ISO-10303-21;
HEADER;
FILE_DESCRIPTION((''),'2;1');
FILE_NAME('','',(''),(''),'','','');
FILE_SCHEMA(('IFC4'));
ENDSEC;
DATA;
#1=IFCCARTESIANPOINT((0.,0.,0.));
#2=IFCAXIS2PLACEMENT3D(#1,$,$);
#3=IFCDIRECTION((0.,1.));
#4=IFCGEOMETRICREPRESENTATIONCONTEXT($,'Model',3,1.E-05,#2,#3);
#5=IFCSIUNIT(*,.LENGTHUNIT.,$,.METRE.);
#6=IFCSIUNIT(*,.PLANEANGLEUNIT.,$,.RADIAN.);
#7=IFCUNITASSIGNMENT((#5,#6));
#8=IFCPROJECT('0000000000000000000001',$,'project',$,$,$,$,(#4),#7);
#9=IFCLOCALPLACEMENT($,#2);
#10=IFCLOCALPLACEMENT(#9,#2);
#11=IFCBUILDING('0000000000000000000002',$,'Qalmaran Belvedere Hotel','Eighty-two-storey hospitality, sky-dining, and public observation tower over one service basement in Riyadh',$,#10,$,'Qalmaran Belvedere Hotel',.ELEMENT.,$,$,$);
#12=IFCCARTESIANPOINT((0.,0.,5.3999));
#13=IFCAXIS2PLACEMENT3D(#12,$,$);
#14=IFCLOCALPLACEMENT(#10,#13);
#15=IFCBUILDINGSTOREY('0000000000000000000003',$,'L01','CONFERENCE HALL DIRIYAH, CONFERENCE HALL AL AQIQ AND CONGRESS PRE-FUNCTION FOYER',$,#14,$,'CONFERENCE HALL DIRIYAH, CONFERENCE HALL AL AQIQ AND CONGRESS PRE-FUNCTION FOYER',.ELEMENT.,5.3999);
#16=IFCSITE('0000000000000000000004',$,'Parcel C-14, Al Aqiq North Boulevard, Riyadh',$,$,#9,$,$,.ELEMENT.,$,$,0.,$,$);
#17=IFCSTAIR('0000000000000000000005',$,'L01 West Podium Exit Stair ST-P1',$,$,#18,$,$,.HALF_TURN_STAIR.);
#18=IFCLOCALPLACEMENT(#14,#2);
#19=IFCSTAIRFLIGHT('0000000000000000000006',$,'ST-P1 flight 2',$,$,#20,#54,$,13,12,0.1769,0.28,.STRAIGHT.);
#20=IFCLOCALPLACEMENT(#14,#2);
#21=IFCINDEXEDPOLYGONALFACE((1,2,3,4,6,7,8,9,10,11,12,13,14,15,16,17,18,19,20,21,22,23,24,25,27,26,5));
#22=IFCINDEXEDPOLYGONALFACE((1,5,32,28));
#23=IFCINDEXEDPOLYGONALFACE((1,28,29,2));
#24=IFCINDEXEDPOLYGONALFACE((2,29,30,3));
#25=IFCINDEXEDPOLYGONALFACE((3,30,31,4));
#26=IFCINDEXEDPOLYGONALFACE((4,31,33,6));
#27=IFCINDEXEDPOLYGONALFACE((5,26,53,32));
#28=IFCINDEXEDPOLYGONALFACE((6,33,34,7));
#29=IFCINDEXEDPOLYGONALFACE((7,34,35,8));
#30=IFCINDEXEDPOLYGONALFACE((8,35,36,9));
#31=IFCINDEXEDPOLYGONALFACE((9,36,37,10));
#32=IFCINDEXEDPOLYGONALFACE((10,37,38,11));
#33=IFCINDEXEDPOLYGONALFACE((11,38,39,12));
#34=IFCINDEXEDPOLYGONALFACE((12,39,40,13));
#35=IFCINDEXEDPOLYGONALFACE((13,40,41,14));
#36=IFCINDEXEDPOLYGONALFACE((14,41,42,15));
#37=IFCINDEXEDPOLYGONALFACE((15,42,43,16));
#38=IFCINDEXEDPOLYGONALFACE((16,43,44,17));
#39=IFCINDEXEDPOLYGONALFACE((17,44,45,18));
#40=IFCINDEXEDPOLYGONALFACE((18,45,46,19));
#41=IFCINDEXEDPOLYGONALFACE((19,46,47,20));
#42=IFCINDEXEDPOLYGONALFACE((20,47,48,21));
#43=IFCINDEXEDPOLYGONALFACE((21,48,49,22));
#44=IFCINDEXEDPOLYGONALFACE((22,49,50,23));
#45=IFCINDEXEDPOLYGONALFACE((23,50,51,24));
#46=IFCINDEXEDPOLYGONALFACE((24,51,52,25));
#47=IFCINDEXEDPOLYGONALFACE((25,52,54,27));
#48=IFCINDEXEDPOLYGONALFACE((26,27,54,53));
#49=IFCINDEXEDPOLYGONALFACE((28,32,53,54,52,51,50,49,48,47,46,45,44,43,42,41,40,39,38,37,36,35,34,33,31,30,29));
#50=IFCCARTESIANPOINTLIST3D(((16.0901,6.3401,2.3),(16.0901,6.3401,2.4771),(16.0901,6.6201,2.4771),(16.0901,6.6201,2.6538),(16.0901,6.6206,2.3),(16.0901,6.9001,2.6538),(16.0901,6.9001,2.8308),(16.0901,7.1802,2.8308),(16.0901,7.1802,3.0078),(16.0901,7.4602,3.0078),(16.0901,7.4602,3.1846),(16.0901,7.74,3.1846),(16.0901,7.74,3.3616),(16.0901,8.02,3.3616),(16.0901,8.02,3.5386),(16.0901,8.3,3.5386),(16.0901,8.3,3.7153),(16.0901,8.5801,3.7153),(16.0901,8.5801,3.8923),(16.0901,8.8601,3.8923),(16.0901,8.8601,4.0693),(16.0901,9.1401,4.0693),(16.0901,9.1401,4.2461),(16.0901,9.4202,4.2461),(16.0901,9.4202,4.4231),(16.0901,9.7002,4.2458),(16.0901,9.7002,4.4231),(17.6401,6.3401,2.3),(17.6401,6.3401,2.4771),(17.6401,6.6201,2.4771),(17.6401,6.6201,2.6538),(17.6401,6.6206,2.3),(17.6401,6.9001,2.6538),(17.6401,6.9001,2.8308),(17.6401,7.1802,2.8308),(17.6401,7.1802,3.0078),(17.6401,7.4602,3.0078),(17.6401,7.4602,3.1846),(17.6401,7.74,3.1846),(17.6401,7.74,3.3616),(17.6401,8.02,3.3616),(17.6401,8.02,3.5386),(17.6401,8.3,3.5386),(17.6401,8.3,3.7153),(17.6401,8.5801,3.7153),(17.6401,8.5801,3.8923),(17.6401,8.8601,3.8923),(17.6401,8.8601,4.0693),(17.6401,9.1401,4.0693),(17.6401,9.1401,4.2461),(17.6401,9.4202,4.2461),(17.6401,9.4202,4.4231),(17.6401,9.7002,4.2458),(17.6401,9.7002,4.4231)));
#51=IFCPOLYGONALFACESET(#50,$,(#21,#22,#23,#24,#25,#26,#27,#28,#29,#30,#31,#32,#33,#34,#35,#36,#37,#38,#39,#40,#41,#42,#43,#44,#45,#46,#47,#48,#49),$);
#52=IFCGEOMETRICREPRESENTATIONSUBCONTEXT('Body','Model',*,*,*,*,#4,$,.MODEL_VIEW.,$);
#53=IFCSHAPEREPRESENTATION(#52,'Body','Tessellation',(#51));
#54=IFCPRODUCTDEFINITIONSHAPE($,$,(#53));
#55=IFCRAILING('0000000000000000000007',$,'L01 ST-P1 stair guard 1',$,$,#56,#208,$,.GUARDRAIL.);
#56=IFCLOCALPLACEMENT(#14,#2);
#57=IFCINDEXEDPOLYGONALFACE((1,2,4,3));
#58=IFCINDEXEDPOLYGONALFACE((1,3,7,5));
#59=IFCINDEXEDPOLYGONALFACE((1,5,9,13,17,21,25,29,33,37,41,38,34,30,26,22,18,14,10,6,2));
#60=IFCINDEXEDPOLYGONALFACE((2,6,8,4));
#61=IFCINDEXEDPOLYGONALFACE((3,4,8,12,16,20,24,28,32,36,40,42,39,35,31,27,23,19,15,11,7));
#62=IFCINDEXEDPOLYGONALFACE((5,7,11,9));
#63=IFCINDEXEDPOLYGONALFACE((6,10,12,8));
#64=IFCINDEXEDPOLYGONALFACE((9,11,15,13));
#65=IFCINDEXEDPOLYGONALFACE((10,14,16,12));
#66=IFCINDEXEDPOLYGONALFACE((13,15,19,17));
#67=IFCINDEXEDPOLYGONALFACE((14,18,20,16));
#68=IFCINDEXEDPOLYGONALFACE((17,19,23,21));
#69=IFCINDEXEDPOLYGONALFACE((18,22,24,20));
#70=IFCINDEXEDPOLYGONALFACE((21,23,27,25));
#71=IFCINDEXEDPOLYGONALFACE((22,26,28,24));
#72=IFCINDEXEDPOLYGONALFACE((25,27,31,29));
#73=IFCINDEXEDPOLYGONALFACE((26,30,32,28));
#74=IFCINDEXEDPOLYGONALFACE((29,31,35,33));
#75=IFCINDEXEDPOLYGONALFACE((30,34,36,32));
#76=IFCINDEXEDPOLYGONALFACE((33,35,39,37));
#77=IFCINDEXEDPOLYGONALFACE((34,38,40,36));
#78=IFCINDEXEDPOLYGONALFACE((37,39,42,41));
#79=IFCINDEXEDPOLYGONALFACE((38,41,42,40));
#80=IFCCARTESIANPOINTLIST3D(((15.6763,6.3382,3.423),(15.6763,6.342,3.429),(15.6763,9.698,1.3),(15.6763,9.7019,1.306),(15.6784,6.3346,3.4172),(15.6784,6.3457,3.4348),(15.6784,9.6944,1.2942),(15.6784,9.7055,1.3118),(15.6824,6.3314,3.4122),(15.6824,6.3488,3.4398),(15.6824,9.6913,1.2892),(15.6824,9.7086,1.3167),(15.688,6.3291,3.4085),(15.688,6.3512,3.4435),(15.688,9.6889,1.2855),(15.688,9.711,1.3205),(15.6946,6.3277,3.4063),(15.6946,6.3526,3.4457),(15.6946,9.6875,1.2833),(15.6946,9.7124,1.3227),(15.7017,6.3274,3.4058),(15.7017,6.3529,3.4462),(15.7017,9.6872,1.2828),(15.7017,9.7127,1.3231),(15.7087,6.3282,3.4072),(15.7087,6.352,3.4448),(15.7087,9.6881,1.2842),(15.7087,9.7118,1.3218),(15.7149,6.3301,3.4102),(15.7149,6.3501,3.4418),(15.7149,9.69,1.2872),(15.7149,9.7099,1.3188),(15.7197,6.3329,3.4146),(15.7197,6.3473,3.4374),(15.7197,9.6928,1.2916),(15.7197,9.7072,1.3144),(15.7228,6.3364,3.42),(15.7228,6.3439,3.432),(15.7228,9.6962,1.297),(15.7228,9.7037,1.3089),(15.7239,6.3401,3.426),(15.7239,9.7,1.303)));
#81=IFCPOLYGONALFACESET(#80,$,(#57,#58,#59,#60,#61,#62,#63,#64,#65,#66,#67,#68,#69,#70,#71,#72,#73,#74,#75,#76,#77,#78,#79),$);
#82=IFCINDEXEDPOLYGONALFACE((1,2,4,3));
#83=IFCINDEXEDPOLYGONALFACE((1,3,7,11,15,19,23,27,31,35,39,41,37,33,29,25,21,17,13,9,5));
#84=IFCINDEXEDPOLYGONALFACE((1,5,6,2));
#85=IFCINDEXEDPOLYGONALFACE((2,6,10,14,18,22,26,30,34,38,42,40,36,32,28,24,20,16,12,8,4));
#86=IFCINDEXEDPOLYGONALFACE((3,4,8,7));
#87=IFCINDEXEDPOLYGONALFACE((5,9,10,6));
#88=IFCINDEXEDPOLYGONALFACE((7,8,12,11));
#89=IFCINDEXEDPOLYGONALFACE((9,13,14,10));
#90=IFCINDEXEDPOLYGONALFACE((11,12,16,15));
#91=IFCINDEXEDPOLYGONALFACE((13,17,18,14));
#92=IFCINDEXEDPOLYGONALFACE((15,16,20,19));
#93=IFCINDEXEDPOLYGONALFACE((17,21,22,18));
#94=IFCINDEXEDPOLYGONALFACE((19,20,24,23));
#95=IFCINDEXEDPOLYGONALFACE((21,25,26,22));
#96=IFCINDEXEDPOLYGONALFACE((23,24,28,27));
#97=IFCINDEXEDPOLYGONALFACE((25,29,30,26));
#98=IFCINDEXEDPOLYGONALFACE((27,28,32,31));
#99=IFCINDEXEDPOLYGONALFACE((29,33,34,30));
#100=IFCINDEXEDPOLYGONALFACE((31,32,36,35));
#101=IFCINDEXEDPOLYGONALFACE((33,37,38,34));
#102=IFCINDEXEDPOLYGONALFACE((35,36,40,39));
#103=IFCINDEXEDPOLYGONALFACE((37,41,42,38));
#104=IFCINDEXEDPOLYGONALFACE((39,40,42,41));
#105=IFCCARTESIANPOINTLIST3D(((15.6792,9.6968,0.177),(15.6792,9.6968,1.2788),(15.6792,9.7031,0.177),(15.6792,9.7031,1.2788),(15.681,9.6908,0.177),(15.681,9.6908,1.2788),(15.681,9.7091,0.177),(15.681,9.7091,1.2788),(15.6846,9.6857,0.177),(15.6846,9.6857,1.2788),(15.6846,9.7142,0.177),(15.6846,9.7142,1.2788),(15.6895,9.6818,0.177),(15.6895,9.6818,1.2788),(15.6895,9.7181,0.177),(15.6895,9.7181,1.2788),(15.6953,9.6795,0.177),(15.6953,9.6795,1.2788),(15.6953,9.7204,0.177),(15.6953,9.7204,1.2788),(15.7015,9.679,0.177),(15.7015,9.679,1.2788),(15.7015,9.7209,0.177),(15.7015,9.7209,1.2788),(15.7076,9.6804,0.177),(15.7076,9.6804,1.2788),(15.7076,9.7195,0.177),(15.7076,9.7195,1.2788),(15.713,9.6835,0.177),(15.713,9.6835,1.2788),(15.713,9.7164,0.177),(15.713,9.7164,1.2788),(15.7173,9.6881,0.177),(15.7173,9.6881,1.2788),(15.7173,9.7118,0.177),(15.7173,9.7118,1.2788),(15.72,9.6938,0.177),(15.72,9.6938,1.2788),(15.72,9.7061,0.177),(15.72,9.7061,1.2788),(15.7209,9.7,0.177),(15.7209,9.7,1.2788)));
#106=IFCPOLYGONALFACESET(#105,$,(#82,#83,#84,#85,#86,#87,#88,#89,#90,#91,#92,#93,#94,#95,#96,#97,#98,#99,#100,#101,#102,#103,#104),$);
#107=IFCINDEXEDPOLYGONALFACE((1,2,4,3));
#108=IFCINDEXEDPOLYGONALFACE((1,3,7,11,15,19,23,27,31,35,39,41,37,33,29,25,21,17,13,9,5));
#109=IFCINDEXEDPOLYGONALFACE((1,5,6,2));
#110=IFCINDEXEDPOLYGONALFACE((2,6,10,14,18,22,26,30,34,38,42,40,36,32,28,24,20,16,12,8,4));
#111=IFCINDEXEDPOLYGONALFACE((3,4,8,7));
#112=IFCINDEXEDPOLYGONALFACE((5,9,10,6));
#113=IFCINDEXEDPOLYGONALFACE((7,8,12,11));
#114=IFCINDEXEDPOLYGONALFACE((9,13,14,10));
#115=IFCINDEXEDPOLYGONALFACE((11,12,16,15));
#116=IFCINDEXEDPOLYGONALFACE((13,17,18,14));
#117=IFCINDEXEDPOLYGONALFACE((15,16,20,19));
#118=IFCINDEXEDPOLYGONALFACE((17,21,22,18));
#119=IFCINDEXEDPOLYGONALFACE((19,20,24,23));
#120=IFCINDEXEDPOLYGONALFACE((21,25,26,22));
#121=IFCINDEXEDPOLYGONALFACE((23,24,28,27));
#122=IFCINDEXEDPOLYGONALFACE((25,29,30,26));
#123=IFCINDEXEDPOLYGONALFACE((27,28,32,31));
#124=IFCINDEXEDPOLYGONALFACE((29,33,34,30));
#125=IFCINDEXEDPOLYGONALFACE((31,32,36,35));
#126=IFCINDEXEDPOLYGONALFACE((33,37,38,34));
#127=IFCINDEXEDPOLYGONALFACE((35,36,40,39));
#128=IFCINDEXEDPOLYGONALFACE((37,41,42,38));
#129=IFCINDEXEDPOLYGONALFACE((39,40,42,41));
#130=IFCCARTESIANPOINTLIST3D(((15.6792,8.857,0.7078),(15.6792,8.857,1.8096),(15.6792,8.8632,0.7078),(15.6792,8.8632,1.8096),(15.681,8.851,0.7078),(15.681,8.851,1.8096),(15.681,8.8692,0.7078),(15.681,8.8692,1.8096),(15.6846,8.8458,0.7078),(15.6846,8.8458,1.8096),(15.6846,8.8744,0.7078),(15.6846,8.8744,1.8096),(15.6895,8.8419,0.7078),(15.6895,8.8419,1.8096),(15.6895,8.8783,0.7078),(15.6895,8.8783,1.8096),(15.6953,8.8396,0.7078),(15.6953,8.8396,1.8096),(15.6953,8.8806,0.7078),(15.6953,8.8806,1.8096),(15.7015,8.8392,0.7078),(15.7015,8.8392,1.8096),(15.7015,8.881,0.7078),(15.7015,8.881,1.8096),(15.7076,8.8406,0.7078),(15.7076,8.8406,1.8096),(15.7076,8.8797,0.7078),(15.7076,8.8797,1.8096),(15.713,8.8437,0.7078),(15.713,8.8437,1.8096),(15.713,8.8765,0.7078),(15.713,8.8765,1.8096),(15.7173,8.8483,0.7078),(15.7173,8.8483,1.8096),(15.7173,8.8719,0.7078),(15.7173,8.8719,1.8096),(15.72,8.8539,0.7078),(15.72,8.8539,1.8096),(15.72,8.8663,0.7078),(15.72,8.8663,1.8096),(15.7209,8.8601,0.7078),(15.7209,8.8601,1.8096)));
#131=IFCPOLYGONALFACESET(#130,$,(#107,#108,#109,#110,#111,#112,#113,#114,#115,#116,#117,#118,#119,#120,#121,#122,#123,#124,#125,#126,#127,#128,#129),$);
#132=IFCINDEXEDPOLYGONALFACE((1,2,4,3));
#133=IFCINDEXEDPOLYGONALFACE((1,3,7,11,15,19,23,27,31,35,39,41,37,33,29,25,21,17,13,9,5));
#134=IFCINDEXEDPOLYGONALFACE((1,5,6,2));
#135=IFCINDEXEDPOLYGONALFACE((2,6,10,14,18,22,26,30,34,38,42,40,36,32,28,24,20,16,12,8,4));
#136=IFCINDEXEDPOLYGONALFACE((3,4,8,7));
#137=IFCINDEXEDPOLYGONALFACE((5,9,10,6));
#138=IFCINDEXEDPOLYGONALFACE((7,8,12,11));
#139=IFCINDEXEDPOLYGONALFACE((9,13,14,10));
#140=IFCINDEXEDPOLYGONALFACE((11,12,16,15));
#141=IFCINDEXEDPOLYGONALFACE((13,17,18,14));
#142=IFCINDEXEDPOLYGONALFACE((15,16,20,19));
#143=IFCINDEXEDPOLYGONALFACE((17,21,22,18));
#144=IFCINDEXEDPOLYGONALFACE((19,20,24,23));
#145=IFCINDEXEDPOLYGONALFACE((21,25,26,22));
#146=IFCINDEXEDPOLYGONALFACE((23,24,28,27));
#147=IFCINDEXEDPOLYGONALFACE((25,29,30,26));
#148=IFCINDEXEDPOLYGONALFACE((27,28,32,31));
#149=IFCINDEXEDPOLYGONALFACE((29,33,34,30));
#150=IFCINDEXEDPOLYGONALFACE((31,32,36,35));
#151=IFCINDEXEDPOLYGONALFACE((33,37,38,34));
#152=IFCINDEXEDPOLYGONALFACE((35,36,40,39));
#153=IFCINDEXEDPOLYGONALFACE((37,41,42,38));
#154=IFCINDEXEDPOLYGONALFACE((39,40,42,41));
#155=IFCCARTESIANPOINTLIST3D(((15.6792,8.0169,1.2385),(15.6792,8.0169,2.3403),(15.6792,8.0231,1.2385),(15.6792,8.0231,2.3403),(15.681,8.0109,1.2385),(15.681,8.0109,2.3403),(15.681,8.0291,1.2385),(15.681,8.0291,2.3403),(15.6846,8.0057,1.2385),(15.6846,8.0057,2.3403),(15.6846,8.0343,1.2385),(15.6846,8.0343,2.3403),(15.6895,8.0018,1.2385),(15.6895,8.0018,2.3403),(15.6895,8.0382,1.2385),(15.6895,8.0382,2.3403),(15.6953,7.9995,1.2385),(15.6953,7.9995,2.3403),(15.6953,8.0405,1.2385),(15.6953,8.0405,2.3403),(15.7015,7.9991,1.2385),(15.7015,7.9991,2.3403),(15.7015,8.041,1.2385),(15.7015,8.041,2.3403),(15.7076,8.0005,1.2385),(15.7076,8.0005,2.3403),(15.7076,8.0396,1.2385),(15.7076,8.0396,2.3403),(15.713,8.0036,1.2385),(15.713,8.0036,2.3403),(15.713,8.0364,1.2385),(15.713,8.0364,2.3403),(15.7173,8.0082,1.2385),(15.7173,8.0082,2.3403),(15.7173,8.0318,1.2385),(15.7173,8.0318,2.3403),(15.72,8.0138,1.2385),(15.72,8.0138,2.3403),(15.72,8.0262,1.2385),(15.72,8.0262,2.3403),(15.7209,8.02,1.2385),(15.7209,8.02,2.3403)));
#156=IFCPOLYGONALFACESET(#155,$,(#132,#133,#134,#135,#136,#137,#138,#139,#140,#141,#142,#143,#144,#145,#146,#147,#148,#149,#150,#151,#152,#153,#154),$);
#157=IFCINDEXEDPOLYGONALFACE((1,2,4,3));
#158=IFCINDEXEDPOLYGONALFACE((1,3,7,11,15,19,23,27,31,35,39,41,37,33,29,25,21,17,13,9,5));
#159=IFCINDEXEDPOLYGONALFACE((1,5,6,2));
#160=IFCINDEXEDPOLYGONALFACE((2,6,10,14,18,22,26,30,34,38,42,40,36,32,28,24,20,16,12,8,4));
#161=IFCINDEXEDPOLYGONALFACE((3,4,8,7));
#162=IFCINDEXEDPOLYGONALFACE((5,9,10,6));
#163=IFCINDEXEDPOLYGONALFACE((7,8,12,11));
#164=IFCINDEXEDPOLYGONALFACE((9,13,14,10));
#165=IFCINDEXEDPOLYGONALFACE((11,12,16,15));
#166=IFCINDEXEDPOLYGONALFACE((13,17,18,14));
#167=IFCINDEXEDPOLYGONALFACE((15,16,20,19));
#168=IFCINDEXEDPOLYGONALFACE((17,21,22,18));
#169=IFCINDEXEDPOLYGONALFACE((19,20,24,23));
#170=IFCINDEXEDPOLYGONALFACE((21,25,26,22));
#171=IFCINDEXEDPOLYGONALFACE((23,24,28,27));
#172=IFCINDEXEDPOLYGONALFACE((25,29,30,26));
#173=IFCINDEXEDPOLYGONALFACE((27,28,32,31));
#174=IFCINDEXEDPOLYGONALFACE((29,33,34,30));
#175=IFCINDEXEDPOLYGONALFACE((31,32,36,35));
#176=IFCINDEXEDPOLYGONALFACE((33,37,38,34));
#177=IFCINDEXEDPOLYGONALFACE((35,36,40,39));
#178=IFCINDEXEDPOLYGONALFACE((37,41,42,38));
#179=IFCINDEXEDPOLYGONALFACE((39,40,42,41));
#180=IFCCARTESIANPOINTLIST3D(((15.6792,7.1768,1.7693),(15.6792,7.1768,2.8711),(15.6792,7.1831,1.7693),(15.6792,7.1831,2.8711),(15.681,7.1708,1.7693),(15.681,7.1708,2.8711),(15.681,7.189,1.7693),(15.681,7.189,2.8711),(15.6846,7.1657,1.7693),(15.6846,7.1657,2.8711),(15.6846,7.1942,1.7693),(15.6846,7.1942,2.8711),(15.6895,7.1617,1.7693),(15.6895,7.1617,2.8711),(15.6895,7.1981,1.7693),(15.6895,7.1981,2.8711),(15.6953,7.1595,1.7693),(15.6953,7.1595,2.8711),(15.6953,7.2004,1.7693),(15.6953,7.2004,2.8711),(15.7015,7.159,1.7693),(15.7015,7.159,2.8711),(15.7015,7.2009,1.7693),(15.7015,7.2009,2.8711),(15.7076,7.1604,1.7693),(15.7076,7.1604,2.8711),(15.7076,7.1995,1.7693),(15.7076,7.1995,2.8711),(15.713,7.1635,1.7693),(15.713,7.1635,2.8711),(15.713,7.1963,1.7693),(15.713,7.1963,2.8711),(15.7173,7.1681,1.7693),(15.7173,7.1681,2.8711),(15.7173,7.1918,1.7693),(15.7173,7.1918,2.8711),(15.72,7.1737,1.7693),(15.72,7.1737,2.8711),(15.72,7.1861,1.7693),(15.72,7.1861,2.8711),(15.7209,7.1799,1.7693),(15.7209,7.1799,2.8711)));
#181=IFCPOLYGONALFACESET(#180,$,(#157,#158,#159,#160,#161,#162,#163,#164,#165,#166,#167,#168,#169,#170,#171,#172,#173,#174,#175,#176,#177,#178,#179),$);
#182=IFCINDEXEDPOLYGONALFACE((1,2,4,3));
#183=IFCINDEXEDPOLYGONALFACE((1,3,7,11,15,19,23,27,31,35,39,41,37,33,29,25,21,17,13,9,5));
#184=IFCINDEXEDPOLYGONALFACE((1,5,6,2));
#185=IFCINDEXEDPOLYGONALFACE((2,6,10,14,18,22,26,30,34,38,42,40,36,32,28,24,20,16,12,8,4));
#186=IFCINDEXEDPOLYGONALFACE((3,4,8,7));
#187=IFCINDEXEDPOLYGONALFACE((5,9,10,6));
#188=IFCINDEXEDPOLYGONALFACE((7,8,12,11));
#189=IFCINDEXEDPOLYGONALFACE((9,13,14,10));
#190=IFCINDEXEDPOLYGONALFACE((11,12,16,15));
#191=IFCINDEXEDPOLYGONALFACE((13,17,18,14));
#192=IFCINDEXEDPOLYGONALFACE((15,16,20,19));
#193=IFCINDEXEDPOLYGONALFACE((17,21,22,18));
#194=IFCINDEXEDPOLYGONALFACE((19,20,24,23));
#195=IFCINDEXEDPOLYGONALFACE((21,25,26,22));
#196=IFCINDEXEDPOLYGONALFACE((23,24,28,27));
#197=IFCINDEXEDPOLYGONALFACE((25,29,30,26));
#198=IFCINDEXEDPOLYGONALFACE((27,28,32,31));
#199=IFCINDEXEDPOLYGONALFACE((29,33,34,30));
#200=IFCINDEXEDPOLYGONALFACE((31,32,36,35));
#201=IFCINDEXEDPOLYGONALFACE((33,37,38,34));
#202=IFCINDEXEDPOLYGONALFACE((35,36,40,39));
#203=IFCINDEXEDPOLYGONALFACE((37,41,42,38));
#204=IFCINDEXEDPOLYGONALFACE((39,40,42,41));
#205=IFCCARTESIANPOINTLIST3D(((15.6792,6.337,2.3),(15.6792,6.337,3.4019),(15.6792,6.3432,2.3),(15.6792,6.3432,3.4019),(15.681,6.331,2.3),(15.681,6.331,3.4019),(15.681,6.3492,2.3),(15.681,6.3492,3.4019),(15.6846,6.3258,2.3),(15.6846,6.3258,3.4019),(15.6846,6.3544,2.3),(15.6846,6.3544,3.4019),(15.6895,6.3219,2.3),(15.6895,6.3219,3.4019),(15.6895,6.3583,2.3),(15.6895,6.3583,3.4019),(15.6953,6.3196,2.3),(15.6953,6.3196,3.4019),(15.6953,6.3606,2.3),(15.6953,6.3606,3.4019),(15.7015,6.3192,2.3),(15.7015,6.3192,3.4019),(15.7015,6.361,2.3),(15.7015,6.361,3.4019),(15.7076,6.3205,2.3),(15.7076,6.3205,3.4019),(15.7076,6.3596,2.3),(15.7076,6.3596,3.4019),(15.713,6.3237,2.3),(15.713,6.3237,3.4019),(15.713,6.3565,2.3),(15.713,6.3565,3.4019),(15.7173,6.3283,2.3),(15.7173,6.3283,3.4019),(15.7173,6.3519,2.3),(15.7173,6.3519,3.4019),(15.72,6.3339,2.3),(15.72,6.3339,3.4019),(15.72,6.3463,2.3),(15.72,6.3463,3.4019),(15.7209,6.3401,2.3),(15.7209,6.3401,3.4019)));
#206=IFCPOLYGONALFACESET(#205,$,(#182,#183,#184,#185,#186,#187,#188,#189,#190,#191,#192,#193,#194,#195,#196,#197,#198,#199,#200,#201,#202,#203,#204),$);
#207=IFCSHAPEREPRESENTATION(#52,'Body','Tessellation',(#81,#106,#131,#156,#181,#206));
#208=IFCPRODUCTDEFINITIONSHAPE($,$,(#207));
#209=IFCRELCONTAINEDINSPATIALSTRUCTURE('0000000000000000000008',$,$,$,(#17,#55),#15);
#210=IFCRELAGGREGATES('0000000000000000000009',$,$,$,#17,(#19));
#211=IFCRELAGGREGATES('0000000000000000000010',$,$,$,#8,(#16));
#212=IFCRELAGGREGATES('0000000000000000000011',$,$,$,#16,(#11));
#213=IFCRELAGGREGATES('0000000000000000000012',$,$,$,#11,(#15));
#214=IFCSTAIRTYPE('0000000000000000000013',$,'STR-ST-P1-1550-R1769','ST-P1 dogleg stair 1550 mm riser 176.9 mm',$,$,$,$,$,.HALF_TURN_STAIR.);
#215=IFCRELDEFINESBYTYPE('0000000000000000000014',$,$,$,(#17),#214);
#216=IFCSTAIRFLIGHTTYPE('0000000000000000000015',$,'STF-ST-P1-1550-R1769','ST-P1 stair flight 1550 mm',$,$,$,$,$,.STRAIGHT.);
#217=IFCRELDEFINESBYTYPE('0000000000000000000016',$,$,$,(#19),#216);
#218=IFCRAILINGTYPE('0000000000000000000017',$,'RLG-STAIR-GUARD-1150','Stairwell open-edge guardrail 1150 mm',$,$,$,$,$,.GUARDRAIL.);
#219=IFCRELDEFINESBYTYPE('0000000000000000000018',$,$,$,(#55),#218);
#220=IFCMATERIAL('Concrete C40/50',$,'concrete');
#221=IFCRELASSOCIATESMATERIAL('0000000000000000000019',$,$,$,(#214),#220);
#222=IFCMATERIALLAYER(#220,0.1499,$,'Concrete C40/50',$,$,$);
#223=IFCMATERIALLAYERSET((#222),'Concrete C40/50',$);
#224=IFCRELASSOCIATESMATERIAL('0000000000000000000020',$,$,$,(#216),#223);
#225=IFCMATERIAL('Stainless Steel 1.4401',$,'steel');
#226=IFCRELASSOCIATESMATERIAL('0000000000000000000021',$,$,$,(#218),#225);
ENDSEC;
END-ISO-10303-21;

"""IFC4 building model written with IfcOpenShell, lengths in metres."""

from ifc_helpers import new_model, si_unit, direction, frame, origin, origin_2d, place, context, subcontext, project, spatial, polyline, circle, outline, extrude, material, layer, layer_set, type_object, element, aggregate, save


model = new_model("IFC4")

# Units and contexts
model_context = context("Model", 3, precision=1e-05, world=origin(), true_north=direction((0.0, 1.0)))
body_context = subcontext(model_context, "Body", "Model", "MODEL_VIEW")
ifc_project = project(units=[si_unit("LENGTHUNIT", "METRE"), si_unit("PLANEANGLEUNIT", "RADIAN")], contexts=[model_context])

# Site, building, storey
site_placement = place(None, origin())
site = spatial("IfcSite", under=ifc_project, at=site_placement, Name="Parcel C-14, Al Aqiq North Boulevard, Riyadh", CompositionType="ELEMENT", RefElevation=0.0)
building_placement = place(site_placement, origin())
building = spatial("IfcBuilding", under=site, at=building_placement, Name="Qalmaran Belvedere Hotel", Description="Eighty-two-storey hospitality, sky-dining, and public observation tower over one service basement in Riyadh", LongName="Qalmaran Belvedere Hotel", CompositionType="ELEMENT")
storey_placement = place(building_placement, frame((0.0, 0.0, 5.3999)))
storey = spatial("IfcBuildingStorey", under=building, at=storey_placement, Name="L01", Description="CONFERENCE HALL DIRIYAH, CONFERENCE HALL AL AQIQ AND CONGRESS PRE-FUNCTION FOYER", LongName="CONFERENCE HALL DIRIYAH, CONFERENCE HALL AL AQIQ AND CONGRESS PRE-FUNCTION FOYER", CompositionType="ELEMENT", Elevation=5.3999)

# Shared definitions
ifc_material_1 = material(Name="Concrete C40/50", Category="concrete")

# Stair, stair flight
stair_type = type_object("IfcStairType", Name="STR-ST-P1-1550-R1769", Description="ST-P1 dogleg stair 1550 mm riser 176.9 mm", PredefinedType="HALF_TURN_STAIR", material=ifc_material_1)
stair_placement = place(storey_placement, origin())
stair = element("IfcStair", 1, at=stair_placement, inside=storey, type_object=stair_type, Name="L01 West Podium Exit Stair ST-P1", PredefinedType="HALF_TURN_STAIR")
ifc_layer_1 = layer(ifc_material_1, 0.1499, Name="Concrete C40/50")
ifc_layer_set_1 = layer_set([ifc_layer_1], Name="Concrete C40/50")
stair_flight_type = type_object("IfcStairFlightType", Name="STF-ST-P1-1550-R1769", Description="ST-P1 stair flight 1550 mm", PredefinedType="STRAIGHT", material=ifc_layer_set_1)
stair_flight_1_placement = place(storey_placement, frame((16.865, 6.3401, 2.3), z_axis=(0.0, 0.0, 1.0), x_axis=(0.0, 1.0, 0.0)))
stair_flight_1 = element("IfcStairFlight", 2, at=stair_flight_1_placement, type_object=stair_flight_type, Name="ST-P1 flight 2", NumberOfRisers=13, NumberOfTreads=12, PredefinedType="STRAIGHT", RiserHeight=0.1769, TreadLength=0.28, context=body_context, shape_type="SweptSolid", body=[
    extrude(outline(polyline([(0.0, 0.0), (0.0, 0.177), (0.28, 0.177), (0.28, 0.3538), (0.5601, 0.3538), (0.5601, 0.5308), (0.8401, 0.5308), (0.8401, 0.7078), (1.1201, 0.7078), (1.1201, 0.8845), (1.3999, 0.8845), (1.3999, 1.0615), (1.6799, 1.0615), (1.6799, 1.2385), (1.96, 1.2385), (1.96, 1.4153), (2.24, 1.4153), (2.24, 1.5923), (2.52, 1.5923), (2.52, 1.7693), (2.8, 1.7693), (2.8, 1.946), (3.0801, 1.946), (3.0801, 2.123), (3.3601, 2.123), (3.3601, 2.3), (3.3601, 1.9458), (0.2805, 0.0), (0.0, 0.0)])), frame((0.0, 0.7749, 0.0), z_axis=(0.0, -1.0, 0.0), x_axis=(1.0, 0.0, 0.0)), (0.0, 0.0, 1.0), 1.55),
])
aggregate(stair, [stair_flight_1])

# Railing
ifc_material_2 = material(Name="Stainless Steel 1.4401", Category="steel")
railing_type_1 = type_object("IfcRailingType", Name="RLG-STAIR-GUARD-1150", Description="Stairwell open-edge guardrail 1150 mm", PredefinedType="GUARDRAIL", material=ifc_material_2)
railing_1_placement = place(storey_placement, frame((15.7, 9.7, 0.177)))
element("IfcRailing", 3, at=railing_1_placement, inside=storey, type_object=railing_type_1, Name="L01 ST-P1 stair guard 1", PredefinedType="GUARDRAIL", context=body_context, shape_type="SweptSolid", body=[
    extrude(circle(Radius=0.0239, at=origin_2d()), frame((0.0, 0.0, 1.126), z_axis=(0.0, -0.845372, 0.534178), x_axis=(1.0, 0.0, 0.0)), (0.0, 0.0, 1.0), 3.9744),
    extrude(circle(Radius=0.021, at=origin_2d()), origin(), (0.0, 0.0, 1.0), 1.1018),
    extrude(circle(Radius=0.021, at=origin_2d()), frame((0.0, -0.8398, 0.5308)), (0.0, 0.0, 1.0), 1.1018),
    extrude(circle(Radius=0.021, at=origin_2d()), frame((0.0, -1.6799, 1.0615)), (0.0, 0.0, 1.0), 1.1018),
    extrude(circle(Radius=0.021, at=origin_2d()), frame((0.0, -2.52, 1.5923)), (0.0, 0.0, 1.0), 1.1018),
    extrude(circle(Radius=0.021, at=origin_2d()), frame((0.0, -3.3599, 2.123)), (0.0, 0.0, 1.0), 1.1018),
])

save(model, "model.ifc")
